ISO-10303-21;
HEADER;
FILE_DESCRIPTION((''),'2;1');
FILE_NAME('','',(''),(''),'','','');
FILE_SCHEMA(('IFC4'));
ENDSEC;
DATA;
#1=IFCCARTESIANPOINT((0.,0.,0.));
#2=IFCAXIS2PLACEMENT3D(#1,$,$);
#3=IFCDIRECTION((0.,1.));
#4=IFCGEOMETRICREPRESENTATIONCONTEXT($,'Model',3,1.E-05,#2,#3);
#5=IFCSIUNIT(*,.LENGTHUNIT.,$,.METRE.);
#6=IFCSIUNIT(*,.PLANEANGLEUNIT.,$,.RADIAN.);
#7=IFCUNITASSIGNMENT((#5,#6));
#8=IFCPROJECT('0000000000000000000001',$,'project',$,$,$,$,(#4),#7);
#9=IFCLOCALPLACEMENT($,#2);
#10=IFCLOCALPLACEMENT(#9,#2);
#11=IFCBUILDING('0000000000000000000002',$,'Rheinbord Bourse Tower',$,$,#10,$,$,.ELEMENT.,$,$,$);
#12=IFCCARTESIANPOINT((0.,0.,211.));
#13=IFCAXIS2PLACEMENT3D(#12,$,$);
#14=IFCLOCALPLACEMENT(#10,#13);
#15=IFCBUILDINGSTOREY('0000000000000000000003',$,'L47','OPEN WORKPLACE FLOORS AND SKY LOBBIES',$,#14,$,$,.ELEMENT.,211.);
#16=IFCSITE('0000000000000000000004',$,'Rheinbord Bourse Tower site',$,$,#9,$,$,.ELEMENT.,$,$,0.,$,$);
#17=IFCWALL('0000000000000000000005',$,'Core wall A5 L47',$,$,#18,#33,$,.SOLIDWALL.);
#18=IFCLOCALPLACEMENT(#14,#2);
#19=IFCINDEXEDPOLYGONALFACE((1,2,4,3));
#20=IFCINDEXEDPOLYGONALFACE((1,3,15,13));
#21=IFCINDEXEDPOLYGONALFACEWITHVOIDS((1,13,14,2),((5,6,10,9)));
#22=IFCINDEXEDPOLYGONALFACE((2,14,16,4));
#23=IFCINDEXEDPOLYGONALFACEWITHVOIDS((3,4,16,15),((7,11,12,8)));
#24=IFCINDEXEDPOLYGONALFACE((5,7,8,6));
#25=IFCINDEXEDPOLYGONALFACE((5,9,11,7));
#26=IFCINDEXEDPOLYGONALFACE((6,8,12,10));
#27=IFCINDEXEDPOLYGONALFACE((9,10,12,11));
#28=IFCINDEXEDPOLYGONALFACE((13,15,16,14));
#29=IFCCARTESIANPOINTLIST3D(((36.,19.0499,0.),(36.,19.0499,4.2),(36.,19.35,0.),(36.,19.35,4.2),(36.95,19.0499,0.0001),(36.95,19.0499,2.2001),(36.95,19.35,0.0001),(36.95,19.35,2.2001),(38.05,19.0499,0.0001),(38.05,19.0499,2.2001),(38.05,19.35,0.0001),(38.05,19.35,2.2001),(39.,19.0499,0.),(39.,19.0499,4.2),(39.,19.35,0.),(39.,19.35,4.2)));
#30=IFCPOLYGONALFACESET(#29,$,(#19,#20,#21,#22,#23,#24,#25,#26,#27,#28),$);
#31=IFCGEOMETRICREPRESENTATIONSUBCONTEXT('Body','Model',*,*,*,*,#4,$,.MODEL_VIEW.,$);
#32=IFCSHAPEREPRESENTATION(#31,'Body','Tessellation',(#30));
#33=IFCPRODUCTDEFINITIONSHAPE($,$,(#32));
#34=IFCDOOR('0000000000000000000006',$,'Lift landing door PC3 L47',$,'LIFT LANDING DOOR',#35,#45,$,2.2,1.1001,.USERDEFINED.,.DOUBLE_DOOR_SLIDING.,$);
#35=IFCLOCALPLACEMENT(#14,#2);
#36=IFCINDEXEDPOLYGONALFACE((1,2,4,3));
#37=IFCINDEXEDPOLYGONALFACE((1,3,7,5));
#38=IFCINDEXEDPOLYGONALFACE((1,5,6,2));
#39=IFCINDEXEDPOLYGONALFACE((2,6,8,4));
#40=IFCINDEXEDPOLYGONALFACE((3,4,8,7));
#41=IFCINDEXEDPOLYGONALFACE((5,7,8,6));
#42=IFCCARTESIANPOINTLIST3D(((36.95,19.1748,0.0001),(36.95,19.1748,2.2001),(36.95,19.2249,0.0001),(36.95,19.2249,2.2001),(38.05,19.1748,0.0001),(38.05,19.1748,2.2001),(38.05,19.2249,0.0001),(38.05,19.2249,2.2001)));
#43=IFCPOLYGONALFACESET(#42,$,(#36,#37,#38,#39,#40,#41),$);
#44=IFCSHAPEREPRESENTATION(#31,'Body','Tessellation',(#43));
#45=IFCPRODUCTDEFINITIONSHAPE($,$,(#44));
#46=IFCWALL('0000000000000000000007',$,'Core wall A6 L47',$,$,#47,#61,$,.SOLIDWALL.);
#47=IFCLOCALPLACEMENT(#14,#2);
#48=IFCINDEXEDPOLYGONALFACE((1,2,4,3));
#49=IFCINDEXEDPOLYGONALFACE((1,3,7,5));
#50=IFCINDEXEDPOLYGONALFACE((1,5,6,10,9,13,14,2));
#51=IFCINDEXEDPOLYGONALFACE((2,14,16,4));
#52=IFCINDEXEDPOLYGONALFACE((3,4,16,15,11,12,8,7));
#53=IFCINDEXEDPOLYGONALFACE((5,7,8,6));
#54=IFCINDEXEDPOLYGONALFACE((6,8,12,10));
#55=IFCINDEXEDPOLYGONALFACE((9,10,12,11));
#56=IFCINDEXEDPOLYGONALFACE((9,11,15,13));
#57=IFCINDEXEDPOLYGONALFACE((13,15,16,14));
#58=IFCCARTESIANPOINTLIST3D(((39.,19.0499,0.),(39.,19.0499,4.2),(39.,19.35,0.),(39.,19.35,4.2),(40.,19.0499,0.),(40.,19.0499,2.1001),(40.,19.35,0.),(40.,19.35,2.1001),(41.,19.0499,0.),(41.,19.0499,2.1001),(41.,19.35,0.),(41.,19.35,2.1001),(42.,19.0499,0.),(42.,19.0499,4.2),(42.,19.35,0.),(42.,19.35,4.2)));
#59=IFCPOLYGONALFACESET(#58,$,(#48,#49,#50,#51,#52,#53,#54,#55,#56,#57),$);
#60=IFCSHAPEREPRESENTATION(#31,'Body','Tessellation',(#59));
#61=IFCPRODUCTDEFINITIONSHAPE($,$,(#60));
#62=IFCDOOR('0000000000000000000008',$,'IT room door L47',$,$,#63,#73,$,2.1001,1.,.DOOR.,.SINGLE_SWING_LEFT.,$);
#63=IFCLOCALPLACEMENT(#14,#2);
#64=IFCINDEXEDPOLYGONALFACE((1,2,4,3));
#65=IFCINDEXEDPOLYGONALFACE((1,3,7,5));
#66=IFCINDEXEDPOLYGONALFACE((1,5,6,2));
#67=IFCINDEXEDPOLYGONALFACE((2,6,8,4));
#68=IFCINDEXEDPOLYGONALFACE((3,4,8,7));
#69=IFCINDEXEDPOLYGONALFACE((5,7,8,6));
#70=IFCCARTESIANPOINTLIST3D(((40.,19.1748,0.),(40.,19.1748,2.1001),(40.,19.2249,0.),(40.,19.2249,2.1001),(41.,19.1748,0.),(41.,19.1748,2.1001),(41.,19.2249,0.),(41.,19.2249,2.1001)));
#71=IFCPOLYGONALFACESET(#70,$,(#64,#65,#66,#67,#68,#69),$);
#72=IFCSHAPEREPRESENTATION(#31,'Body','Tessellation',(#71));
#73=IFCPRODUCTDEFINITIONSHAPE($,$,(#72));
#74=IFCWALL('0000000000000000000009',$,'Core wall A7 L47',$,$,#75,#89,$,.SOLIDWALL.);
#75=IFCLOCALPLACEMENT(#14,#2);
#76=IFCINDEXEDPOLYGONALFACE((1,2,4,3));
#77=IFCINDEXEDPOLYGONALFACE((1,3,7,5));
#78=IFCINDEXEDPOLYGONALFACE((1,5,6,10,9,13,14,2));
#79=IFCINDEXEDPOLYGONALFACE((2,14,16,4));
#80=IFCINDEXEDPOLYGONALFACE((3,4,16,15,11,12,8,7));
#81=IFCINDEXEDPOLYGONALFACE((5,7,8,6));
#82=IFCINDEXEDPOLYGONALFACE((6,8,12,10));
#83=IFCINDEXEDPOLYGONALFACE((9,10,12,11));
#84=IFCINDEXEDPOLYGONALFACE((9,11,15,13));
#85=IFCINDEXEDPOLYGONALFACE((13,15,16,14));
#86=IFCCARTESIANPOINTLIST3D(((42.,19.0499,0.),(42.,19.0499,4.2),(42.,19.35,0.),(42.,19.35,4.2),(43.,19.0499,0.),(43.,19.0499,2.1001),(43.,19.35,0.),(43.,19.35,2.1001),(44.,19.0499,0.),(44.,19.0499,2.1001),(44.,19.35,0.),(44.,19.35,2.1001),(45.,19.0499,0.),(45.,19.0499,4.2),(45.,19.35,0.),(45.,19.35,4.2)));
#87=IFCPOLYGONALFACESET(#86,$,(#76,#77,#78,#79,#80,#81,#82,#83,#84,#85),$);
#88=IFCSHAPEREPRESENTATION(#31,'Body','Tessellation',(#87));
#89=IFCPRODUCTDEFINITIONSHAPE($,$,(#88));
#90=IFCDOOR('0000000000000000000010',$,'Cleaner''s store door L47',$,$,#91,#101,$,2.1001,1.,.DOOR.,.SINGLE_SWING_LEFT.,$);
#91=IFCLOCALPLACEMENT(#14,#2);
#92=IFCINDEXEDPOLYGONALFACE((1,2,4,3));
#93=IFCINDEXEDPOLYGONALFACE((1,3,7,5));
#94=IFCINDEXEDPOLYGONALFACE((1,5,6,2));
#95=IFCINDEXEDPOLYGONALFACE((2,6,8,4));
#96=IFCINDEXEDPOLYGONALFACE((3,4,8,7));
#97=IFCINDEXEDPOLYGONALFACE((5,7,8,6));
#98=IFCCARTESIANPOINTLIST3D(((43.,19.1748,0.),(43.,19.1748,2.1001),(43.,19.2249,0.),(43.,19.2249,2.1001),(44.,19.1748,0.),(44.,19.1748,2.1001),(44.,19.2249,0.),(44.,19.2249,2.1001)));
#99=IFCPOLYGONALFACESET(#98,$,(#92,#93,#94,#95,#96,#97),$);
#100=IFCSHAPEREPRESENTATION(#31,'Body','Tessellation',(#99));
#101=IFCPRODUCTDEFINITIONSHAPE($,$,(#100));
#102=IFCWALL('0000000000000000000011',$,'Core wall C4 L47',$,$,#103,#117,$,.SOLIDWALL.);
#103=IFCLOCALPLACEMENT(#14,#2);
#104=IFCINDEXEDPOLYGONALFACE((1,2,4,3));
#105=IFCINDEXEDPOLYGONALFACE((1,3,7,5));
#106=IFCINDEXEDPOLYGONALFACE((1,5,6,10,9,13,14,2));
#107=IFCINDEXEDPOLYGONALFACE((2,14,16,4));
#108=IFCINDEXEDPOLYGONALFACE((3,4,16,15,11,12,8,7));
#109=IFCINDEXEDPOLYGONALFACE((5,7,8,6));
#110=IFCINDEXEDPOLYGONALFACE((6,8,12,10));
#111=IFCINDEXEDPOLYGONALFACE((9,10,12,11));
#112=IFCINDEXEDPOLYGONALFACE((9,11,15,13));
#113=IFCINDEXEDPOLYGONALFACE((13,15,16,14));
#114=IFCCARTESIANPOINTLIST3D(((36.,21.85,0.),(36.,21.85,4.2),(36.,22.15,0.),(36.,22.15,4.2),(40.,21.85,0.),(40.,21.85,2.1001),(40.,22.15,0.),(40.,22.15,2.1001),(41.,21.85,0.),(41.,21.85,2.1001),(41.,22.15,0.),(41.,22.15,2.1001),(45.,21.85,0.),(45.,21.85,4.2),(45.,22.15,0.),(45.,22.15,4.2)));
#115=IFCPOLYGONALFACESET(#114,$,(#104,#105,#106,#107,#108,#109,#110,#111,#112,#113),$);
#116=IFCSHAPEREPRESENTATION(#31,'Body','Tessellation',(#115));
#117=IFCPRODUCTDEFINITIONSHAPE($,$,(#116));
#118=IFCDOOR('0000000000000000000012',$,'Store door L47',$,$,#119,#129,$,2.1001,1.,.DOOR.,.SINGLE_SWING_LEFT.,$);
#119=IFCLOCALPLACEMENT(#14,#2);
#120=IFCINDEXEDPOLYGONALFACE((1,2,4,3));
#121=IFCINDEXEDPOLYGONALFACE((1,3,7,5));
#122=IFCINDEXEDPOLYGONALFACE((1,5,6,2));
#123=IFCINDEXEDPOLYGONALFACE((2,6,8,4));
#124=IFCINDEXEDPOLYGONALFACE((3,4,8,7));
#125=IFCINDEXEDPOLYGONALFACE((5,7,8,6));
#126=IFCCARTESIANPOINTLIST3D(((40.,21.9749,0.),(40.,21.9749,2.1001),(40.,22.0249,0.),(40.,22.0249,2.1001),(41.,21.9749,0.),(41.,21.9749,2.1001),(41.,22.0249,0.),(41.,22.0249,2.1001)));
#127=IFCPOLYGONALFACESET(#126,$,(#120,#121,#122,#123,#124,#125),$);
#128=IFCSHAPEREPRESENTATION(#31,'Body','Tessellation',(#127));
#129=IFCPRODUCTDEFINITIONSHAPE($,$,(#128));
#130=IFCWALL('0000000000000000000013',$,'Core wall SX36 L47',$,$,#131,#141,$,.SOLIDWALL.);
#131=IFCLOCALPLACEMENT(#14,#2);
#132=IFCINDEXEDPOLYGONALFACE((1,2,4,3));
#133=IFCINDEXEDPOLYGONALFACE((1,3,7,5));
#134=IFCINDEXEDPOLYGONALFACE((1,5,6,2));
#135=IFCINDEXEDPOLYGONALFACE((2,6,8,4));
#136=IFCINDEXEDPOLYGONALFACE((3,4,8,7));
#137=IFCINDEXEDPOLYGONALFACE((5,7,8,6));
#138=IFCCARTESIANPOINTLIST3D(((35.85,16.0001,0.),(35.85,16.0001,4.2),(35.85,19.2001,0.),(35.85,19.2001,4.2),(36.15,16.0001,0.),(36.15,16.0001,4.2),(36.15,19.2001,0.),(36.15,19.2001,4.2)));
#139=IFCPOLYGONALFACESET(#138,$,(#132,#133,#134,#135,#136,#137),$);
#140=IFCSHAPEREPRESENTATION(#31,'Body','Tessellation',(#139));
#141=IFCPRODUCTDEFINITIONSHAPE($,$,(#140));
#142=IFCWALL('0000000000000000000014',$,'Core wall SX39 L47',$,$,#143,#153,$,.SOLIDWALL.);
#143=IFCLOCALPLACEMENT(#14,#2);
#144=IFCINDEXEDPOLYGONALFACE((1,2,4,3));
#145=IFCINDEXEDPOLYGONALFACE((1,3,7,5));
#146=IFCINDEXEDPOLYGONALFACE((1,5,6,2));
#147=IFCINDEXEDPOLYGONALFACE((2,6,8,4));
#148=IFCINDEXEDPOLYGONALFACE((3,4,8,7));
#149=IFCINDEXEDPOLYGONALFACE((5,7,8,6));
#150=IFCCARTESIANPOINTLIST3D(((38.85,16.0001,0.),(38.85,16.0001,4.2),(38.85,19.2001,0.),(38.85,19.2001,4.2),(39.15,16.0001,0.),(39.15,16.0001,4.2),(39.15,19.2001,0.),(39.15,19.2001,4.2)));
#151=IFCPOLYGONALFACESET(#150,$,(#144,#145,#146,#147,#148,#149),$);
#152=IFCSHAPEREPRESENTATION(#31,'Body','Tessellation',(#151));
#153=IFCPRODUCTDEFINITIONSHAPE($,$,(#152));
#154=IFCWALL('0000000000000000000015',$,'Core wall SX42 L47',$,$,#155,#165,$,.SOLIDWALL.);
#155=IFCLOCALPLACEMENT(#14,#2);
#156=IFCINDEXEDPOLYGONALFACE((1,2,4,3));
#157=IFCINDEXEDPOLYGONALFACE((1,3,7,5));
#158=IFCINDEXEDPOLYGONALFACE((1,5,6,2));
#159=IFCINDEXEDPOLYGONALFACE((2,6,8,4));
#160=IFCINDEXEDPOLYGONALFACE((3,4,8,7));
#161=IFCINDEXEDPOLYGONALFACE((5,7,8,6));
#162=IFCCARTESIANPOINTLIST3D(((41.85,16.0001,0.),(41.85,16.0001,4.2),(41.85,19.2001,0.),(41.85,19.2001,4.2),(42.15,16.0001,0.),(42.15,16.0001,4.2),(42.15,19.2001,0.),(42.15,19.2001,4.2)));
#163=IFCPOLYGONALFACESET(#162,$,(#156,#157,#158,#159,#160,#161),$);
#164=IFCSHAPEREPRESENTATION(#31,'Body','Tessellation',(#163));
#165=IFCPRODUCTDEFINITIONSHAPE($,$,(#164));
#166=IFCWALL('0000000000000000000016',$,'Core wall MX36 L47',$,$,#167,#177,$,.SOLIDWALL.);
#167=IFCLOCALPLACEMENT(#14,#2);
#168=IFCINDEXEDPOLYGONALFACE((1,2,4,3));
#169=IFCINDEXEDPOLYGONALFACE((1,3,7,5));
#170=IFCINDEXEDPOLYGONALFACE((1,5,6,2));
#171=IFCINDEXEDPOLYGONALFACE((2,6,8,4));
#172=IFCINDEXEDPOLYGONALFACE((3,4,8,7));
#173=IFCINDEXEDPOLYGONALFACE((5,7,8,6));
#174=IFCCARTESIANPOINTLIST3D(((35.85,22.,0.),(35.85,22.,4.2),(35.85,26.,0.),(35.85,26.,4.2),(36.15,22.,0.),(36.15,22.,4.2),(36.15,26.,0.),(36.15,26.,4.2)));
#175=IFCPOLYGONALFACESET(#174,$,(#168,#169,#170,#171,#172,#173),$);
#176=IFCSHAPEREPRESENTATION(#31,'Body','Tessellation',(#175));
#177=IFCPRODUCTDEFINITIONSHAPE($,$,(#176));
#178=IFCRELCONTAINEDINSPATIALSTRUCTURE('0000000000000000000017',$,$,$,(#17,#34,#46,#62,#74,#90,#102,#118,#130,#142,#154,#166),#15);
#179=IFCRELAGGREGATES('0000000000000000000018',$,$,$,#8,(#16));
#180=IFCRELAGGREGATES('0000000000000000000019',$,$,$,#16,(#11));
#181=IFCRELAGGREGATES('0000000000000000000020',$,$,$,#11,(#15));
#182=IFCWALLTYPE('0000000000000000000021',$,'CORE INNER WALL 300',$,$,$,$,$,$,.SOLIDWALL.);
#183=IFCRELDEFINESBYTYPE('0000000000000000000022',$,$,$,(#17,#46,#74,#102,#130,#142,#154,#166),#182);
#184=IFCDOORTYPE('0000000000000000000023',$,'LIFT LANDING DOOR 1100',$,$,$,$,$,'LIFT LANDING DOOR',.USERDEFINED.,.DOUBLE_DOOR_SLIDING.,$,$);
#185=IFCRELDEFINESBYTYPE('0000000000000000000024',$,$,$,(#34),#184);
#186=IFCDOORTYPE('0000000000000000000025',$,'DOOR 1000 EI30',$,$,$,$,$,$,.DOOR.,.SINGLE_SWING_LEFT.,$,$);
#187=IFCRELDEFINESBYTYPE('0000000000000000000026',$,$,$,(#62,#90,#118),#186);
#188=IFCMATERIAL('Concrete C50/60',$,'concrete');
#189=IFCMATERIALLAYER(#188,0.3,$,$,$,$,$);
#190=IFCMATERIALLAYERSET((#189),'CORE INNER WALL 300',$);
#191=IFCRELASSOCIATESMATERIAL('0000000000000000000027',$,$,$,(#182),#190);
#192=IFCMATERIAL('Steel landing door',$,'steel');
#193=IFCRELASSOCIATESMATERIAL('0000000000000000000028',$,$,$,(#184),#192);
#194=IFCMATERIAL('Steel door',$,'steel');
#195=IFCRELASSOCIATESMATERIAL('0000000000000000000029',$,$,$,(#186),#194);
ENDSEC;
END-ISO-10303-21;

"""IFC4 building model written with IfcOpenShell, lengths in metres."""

from ifc_helpers import new_model, si_unit, direction, frame, frame_2d, origin, place, context, subcontext, project, spatial, rectangle, extrude, material, layer, layer_set, type_object, element, fill, save


model = new_model("IFC4")

# Units and contexts
model_context = context("Model", 3, precision=1e-05, world=origin(), true_north=direction((0.0, 1.0)))
body_context = subcontext(model_context, "Body", "Model", "MODEL_VIEW")
ifc_project = project(units=[si_unit("LENGTHUNIT", "METRE"), si_unit("PLANEANGLEUNIT", "RADIAN")], contexts=[model_context])

# Site, building, storey
site_placement = place(None, origin())
site = spatial("IfcSite", under=ifc_project, at=site_placement, Name="Rheinbord Bourse Tower site", CompositionType="ELEMENT", RefElevation=0.0)
building_placement = place(site_placement, origin())
building = spatial("IfcBuilding", under=site, at=building_placement, Name="Rheinbord Bourse Tower", CompositionType="ELEMENT")
storey_placement = place(building_placement, frame((0.0, 0.0, 211.0)))
storey = spatial("IfcBuildingStorey", under=building, at=storey_placement, Name="L47", Description="OPEN WORKPLACE FLOORS AND SKY LOBBIES", CompositionType="ELEMENT", Elevation=211.0)

# Walls, openings, doors
ifc_material_1 = material(Name="Concrete C50/60", Category="concrete")
ifc_layer_1 = layer(ifc_material_1, 0.3)
ifc_layer_set_1 = layer_set([ifc_layer_1], Name="CORE INNER WALL 300")
wall_type_1 = type_object("IfcWallType", Name="CORE INNER WALL 300", PredefinedType="SOLIDWALL", material=ifc_layer_set_1)
wall_1_placement = place(storey_placement, frame((36.0, 19.2, 0.0), z_axis=(0.0, 0.0, 1.0), x_axis=(1.0, 0.0, 0.0)))
wall_1 = element("IfcWall", 1, at=wall_1_placement, inside=storey, type_object=wall_type_1, Name="Core wall A5 L47", PredefinedType="SOLIDWALL", context=body_context, shape_type="SweptSolid", body=[
    extrude(rectangle(XDim=3.0, YDim=0.3, at=frame_2d((1.5, 0.0))), origin(), (0.0, 0.0, 1.0), 4.2),
])
opening_1_placement = place(wall_1_placement, frame((0.95, 0.0, 0.0)))
opening_1 = element("IfcOpeningElement", 2, at=opening_1_placement, cuts=wall_1, PredefinedType="OPENING", context=body_context, shape_type="SweptSolid", body=[
    extrude(rectangle(XDim=1.1001, YDim=2.2, at=frame_2d((0.55, 1.1001))), frame((0.0, 0.1599, 0.0), z_axis=(0.0, -1.0, 0.0), x_axis=(1.0, 0.0, 0.0)), (0.0, 0.0, 1.0), 0.3201),
])
ifc_material_2 = material(Name="Steel landing door", Category="steel")
door_type_1 = type_object("IfcDoorType", Name="LIFT LANDING DOOR 1100", ElementType="LIFT LANDING DOOR", OperationType="DOUBLE_DOOR_SLIDING", PredefinedType="USERDEFINED", material=ifc_material_2)
door_1_placement = place(opening_1_placement, origin())
door_1 = element("IfcDoor", 3, at=door_1_placement, inside=storey, type_object=door_type_1, Name="Lift landing door PC3 L47", ObjectType="LIFT LANDING DOOR", OperationType="DOUBLE_DOOR_SLIDING", OverallHeight=2.2, OverallWidth=1.1001, PredefinedType="USERDEFINED", context=body_context, shape_type="SweptSolid", body=[
    extrude(rectangle(XDim=1.1001, YDim=2.2, at=frame_2d((0.55, 1.1001))), frame((0.0, 0.0249, 0.0), z_axis=(0.0, -1.0, 0.0), x_axis=(1.0, 0.0, 0.0)), (0.0, 0.0, 1.0), 0.05),
])
fill(opening_1, door_1)
wall_2_placement = place(storey_placement, frame((39.0, 19.2, 0.0), z_axis=(0.0, 0.0, 1.0), x_axis=(1.0, 0.0, 0.0)))
wall_2 = element("IfcWall", 4, at=wall_2_placement, inside=storey, type_object=wall_type_1, Name="Core wall A6 L47", PredefinedType="SOLIDWALL", context=body_context, shape_type="SweptSolid", body=[
    extrude(rectangle(XDim=3.0, YDim=0.3, at=frame_2d((1.5, 0.0))), origin(), (0.0, 0.0, 1.0), 4.2),
])
opening_2_placement = place(wall_2_placement, frame((1.0, 0.0, 0.0)))
opening_2 = element("IfcOpeningElement", 5, at=opening_2_placement, cuts=wall_2, PredefinedType="OPENING", context=body_context, shape_type="SweptSolid", body=[
    extrude(rectangle(XDim=1.0, YDim=2.1001, at=frame_2d((0.5, 1.05))), frame((0.0, 0.1599, 0.0), z_axis=(0.0, -1.0, 0.0), x_axis=(1.0, 0.0, 0.0)), (0.0, 0.0, 1.0), 0.3201),
])
ifc_material_3 = material(Name="Steel door", Category="steel")
door_type_2 = type_object("IfcDoorType", Name="DOOR 1000 EI30", OperationType="SINGLE_SWING_LEFT", PredefinedType="DOOR", material=ifc_material_3)
door_2_placement = place(opening_2_placement, origin())
door_2 = element("IfcDoor", 6, at=door_2_placement, inside=storey, type_object=door_type_2, Name="IT room door L47", OperationType="SINGLE_SWING_LEFT", OverallHeight=2.1001, OverallWidth=1.0, PredefinedType="DOOR", context=body_context, shape_type="SweptSolid", body=[
    extrude(rectangle(XDim=1.0, YDim=2.1001, at=frame_2d((0.5, 1.05))), frame((0.0, 0.0249, 0.0), z_axis=(0.0, -1.0, 0.0), x_axis=(1.0, 0.0, 0.0)), (0.0, 0.0, 1.0), 0.05),
])
fill(opening_2, door_2)
wall_3_placement = place(storey_placement, frame((42.0, 19.2, 0.0), z_axis=(0.0, 0.0, 1.0), x_axis=(1.0, 0.0, 0.0)))
wall_3 = element("IfcWall", 7, at=wall_3_placement, inside=storey, type_object=wall_type_1, Name="Core wall A7 L47", PredefinedType="SOLIDWALL", context=body_context, shape_type="SweptSolid", body=[
    extrude(rectangle(XDim=3.0, YDim=0.3, at=frame_2d((1.5, 0.0))), origin(), (0.0, 0.0, 1.0), 4.2),
])
opening_3_placement = place(wall_3_placement, frame((1.0, 0.0, 0.0)))
opening_3 = element("IfcOpeningElement", 8, at=opening_3_placement, cuts=wall_3, PredefinedType="OPENING", context=body_context, shape_type="SweptSolid", body=[
    extrude(rectangle(XDim=1.0, YDim=2.1001, at=frame_2d((0.5, 1.05))), frame((0.0, 0.1599, 0.0), z_axis=(0.0, -1.0, 0.0), x_axis=(1.0, 0.0, 0.0)), (0.0, 0.0, 1.0), 0.3201),
])
door_3_placement = place(opening_3_placement, origin())
door_3 = element("IfcDoor", 9, at=door_3_placement, inside=storey, type_object=door_type_2, Name="Cleaner's store door L47", OperationType="SINGLE_SWING_LEFT", OverallHeight=2.1001, OverallWidth=1.0, PredefinedType="DOOR", context=body_context, shape_type="SweptSolid", body=[
    extrude(rectangle(XDim=1.0, YDim=2.1001, at=frame_2d((0.5, 1.05))), frame((0.0, 0.0249, 0.0), z_axis=(0.0, -1.0, 0.0), x_axis=(1.0, 0.0, 0.0)), (0.0, 0.0, 1.0), 0.05),
])
fill(opening_3, door_3)
wall_4_placement = place(storey_placement, frame((36.0, 22.0, 0.0), z_axis=(0.0, 0.0, 1.0), x_axis=(1.0, 0.0, 0.0)))
wall_4 = element("IfcWall", 10, at=wall_4_placement, inside=storey, type_object=wall_type_1, Name="Core wall C4 L47", PredefinedType="SOLIDWALL", context=body_context, shape_type="SweptSolid", body=[
    extrude(rectangle(XDim=9.0, YDim=0.3, at=frame_2d((4.5, 0.0))), origin(), (0.0, 0.0, 1.0), 4.2),
])
opening_4_placement = place(wall_4_placement, frame((4.0, 0.0, 0.0)))
opening_4 = element("IfcOpeningElement", 11, at=opening_4_placement, cuts=wall_4, PredefinedType="OPENING", context=body_context, shape_type="SweptSolid", body=[
    extrude(rectangle(XDim=1.0, YDim=2.1001, at=frame_2d((0.5, 1.05))), frame((0.0, 0.1599, 0.0), z_axis=(0.0, -1.0, 0.0), x_axis=(1.0, 0.0, 0.0)), (0.0, 0.0, 1.0), 0.3201),
])
door_4_placement = place(opening_4_placement, origin())
door_4 = element("IfcDoor", 12, at=door_4_placement, inside=storey, type_object=door_type_2, Name="Store door L47", OperationType="SINGLE_SWING_LEFT", OverallHeight=2.1001, OverallWidth=1.0, PredefinedType="DOOR", context=body_context, shape_type="SweptSolid", body=[
    extrude(rectangle(XDim=1.0, YDim=2.1001, at=frame_2d((0.5, 1.05))), frame((0.0, 0.0249, 0.0), z_axis=(0.0, -1.0, 0.0), x_axis=(1.0, 0.0, 0.0)), (0.0, 0.0, 1.0), 0.05),
])
fill(opening_4, door_4)

# Walls
for number, where, z_axis, x_axis, name in (
    (13, (36.0, 16.0, 0.0), (0.0, 0.0, 1.0), (0.0, 1.0, 0.0), "Core wall SX36 L47"),
    (14, (39.0, 16.0, 0.0), (0.0, 0.0, 1.0), (0.0, 1.0, 0.0), "Core wall SX39 L47"),
    (15, (42.0, 16.0, 0.0), (0.0, 0.0, 1.0), (0.0, 1.0, 0.0), "Core wall SX42 L47"),
):
    element("IfcWall", number, at=place(storey_placement, frame(where, z_axis=z_axis, x_axis=x_axis)), inside=storey, type_object=wall_type_1, Name=name, PredefinedType="SOLIDWALL", context=body_context, shape_type="SweptSolid", body=[
        extrude(rectangle(XDim=3.2, YDim=0.3, at=frame_2d((1.6001, 0.0))), origin(), (0.0, 0.0, 1.0), 4.2),
    ])
wall_5_placement = place(storey_placement, frame((36.0, 22.0, 0.0), z_axis=(0.0, 0.0, 1.0), x_axis=(0.0, 1.0, 0.0)))
element("IfcWall", 16, at=wall_5_placement, inside=storey, type_object=wall_type_1, Name="Core wall MX36 L47", PredefinedType="SOLIDWALL", context=body_context, shape_type="SweptSolid", body=[
    extrude(rectangle(XDim=4.0, YDim=0.3, at=frame_2d((2.0, 0.0))), origin(), (0.0, 0.0, 1.0), 4.2),
])

save(model, "model.ifc")
